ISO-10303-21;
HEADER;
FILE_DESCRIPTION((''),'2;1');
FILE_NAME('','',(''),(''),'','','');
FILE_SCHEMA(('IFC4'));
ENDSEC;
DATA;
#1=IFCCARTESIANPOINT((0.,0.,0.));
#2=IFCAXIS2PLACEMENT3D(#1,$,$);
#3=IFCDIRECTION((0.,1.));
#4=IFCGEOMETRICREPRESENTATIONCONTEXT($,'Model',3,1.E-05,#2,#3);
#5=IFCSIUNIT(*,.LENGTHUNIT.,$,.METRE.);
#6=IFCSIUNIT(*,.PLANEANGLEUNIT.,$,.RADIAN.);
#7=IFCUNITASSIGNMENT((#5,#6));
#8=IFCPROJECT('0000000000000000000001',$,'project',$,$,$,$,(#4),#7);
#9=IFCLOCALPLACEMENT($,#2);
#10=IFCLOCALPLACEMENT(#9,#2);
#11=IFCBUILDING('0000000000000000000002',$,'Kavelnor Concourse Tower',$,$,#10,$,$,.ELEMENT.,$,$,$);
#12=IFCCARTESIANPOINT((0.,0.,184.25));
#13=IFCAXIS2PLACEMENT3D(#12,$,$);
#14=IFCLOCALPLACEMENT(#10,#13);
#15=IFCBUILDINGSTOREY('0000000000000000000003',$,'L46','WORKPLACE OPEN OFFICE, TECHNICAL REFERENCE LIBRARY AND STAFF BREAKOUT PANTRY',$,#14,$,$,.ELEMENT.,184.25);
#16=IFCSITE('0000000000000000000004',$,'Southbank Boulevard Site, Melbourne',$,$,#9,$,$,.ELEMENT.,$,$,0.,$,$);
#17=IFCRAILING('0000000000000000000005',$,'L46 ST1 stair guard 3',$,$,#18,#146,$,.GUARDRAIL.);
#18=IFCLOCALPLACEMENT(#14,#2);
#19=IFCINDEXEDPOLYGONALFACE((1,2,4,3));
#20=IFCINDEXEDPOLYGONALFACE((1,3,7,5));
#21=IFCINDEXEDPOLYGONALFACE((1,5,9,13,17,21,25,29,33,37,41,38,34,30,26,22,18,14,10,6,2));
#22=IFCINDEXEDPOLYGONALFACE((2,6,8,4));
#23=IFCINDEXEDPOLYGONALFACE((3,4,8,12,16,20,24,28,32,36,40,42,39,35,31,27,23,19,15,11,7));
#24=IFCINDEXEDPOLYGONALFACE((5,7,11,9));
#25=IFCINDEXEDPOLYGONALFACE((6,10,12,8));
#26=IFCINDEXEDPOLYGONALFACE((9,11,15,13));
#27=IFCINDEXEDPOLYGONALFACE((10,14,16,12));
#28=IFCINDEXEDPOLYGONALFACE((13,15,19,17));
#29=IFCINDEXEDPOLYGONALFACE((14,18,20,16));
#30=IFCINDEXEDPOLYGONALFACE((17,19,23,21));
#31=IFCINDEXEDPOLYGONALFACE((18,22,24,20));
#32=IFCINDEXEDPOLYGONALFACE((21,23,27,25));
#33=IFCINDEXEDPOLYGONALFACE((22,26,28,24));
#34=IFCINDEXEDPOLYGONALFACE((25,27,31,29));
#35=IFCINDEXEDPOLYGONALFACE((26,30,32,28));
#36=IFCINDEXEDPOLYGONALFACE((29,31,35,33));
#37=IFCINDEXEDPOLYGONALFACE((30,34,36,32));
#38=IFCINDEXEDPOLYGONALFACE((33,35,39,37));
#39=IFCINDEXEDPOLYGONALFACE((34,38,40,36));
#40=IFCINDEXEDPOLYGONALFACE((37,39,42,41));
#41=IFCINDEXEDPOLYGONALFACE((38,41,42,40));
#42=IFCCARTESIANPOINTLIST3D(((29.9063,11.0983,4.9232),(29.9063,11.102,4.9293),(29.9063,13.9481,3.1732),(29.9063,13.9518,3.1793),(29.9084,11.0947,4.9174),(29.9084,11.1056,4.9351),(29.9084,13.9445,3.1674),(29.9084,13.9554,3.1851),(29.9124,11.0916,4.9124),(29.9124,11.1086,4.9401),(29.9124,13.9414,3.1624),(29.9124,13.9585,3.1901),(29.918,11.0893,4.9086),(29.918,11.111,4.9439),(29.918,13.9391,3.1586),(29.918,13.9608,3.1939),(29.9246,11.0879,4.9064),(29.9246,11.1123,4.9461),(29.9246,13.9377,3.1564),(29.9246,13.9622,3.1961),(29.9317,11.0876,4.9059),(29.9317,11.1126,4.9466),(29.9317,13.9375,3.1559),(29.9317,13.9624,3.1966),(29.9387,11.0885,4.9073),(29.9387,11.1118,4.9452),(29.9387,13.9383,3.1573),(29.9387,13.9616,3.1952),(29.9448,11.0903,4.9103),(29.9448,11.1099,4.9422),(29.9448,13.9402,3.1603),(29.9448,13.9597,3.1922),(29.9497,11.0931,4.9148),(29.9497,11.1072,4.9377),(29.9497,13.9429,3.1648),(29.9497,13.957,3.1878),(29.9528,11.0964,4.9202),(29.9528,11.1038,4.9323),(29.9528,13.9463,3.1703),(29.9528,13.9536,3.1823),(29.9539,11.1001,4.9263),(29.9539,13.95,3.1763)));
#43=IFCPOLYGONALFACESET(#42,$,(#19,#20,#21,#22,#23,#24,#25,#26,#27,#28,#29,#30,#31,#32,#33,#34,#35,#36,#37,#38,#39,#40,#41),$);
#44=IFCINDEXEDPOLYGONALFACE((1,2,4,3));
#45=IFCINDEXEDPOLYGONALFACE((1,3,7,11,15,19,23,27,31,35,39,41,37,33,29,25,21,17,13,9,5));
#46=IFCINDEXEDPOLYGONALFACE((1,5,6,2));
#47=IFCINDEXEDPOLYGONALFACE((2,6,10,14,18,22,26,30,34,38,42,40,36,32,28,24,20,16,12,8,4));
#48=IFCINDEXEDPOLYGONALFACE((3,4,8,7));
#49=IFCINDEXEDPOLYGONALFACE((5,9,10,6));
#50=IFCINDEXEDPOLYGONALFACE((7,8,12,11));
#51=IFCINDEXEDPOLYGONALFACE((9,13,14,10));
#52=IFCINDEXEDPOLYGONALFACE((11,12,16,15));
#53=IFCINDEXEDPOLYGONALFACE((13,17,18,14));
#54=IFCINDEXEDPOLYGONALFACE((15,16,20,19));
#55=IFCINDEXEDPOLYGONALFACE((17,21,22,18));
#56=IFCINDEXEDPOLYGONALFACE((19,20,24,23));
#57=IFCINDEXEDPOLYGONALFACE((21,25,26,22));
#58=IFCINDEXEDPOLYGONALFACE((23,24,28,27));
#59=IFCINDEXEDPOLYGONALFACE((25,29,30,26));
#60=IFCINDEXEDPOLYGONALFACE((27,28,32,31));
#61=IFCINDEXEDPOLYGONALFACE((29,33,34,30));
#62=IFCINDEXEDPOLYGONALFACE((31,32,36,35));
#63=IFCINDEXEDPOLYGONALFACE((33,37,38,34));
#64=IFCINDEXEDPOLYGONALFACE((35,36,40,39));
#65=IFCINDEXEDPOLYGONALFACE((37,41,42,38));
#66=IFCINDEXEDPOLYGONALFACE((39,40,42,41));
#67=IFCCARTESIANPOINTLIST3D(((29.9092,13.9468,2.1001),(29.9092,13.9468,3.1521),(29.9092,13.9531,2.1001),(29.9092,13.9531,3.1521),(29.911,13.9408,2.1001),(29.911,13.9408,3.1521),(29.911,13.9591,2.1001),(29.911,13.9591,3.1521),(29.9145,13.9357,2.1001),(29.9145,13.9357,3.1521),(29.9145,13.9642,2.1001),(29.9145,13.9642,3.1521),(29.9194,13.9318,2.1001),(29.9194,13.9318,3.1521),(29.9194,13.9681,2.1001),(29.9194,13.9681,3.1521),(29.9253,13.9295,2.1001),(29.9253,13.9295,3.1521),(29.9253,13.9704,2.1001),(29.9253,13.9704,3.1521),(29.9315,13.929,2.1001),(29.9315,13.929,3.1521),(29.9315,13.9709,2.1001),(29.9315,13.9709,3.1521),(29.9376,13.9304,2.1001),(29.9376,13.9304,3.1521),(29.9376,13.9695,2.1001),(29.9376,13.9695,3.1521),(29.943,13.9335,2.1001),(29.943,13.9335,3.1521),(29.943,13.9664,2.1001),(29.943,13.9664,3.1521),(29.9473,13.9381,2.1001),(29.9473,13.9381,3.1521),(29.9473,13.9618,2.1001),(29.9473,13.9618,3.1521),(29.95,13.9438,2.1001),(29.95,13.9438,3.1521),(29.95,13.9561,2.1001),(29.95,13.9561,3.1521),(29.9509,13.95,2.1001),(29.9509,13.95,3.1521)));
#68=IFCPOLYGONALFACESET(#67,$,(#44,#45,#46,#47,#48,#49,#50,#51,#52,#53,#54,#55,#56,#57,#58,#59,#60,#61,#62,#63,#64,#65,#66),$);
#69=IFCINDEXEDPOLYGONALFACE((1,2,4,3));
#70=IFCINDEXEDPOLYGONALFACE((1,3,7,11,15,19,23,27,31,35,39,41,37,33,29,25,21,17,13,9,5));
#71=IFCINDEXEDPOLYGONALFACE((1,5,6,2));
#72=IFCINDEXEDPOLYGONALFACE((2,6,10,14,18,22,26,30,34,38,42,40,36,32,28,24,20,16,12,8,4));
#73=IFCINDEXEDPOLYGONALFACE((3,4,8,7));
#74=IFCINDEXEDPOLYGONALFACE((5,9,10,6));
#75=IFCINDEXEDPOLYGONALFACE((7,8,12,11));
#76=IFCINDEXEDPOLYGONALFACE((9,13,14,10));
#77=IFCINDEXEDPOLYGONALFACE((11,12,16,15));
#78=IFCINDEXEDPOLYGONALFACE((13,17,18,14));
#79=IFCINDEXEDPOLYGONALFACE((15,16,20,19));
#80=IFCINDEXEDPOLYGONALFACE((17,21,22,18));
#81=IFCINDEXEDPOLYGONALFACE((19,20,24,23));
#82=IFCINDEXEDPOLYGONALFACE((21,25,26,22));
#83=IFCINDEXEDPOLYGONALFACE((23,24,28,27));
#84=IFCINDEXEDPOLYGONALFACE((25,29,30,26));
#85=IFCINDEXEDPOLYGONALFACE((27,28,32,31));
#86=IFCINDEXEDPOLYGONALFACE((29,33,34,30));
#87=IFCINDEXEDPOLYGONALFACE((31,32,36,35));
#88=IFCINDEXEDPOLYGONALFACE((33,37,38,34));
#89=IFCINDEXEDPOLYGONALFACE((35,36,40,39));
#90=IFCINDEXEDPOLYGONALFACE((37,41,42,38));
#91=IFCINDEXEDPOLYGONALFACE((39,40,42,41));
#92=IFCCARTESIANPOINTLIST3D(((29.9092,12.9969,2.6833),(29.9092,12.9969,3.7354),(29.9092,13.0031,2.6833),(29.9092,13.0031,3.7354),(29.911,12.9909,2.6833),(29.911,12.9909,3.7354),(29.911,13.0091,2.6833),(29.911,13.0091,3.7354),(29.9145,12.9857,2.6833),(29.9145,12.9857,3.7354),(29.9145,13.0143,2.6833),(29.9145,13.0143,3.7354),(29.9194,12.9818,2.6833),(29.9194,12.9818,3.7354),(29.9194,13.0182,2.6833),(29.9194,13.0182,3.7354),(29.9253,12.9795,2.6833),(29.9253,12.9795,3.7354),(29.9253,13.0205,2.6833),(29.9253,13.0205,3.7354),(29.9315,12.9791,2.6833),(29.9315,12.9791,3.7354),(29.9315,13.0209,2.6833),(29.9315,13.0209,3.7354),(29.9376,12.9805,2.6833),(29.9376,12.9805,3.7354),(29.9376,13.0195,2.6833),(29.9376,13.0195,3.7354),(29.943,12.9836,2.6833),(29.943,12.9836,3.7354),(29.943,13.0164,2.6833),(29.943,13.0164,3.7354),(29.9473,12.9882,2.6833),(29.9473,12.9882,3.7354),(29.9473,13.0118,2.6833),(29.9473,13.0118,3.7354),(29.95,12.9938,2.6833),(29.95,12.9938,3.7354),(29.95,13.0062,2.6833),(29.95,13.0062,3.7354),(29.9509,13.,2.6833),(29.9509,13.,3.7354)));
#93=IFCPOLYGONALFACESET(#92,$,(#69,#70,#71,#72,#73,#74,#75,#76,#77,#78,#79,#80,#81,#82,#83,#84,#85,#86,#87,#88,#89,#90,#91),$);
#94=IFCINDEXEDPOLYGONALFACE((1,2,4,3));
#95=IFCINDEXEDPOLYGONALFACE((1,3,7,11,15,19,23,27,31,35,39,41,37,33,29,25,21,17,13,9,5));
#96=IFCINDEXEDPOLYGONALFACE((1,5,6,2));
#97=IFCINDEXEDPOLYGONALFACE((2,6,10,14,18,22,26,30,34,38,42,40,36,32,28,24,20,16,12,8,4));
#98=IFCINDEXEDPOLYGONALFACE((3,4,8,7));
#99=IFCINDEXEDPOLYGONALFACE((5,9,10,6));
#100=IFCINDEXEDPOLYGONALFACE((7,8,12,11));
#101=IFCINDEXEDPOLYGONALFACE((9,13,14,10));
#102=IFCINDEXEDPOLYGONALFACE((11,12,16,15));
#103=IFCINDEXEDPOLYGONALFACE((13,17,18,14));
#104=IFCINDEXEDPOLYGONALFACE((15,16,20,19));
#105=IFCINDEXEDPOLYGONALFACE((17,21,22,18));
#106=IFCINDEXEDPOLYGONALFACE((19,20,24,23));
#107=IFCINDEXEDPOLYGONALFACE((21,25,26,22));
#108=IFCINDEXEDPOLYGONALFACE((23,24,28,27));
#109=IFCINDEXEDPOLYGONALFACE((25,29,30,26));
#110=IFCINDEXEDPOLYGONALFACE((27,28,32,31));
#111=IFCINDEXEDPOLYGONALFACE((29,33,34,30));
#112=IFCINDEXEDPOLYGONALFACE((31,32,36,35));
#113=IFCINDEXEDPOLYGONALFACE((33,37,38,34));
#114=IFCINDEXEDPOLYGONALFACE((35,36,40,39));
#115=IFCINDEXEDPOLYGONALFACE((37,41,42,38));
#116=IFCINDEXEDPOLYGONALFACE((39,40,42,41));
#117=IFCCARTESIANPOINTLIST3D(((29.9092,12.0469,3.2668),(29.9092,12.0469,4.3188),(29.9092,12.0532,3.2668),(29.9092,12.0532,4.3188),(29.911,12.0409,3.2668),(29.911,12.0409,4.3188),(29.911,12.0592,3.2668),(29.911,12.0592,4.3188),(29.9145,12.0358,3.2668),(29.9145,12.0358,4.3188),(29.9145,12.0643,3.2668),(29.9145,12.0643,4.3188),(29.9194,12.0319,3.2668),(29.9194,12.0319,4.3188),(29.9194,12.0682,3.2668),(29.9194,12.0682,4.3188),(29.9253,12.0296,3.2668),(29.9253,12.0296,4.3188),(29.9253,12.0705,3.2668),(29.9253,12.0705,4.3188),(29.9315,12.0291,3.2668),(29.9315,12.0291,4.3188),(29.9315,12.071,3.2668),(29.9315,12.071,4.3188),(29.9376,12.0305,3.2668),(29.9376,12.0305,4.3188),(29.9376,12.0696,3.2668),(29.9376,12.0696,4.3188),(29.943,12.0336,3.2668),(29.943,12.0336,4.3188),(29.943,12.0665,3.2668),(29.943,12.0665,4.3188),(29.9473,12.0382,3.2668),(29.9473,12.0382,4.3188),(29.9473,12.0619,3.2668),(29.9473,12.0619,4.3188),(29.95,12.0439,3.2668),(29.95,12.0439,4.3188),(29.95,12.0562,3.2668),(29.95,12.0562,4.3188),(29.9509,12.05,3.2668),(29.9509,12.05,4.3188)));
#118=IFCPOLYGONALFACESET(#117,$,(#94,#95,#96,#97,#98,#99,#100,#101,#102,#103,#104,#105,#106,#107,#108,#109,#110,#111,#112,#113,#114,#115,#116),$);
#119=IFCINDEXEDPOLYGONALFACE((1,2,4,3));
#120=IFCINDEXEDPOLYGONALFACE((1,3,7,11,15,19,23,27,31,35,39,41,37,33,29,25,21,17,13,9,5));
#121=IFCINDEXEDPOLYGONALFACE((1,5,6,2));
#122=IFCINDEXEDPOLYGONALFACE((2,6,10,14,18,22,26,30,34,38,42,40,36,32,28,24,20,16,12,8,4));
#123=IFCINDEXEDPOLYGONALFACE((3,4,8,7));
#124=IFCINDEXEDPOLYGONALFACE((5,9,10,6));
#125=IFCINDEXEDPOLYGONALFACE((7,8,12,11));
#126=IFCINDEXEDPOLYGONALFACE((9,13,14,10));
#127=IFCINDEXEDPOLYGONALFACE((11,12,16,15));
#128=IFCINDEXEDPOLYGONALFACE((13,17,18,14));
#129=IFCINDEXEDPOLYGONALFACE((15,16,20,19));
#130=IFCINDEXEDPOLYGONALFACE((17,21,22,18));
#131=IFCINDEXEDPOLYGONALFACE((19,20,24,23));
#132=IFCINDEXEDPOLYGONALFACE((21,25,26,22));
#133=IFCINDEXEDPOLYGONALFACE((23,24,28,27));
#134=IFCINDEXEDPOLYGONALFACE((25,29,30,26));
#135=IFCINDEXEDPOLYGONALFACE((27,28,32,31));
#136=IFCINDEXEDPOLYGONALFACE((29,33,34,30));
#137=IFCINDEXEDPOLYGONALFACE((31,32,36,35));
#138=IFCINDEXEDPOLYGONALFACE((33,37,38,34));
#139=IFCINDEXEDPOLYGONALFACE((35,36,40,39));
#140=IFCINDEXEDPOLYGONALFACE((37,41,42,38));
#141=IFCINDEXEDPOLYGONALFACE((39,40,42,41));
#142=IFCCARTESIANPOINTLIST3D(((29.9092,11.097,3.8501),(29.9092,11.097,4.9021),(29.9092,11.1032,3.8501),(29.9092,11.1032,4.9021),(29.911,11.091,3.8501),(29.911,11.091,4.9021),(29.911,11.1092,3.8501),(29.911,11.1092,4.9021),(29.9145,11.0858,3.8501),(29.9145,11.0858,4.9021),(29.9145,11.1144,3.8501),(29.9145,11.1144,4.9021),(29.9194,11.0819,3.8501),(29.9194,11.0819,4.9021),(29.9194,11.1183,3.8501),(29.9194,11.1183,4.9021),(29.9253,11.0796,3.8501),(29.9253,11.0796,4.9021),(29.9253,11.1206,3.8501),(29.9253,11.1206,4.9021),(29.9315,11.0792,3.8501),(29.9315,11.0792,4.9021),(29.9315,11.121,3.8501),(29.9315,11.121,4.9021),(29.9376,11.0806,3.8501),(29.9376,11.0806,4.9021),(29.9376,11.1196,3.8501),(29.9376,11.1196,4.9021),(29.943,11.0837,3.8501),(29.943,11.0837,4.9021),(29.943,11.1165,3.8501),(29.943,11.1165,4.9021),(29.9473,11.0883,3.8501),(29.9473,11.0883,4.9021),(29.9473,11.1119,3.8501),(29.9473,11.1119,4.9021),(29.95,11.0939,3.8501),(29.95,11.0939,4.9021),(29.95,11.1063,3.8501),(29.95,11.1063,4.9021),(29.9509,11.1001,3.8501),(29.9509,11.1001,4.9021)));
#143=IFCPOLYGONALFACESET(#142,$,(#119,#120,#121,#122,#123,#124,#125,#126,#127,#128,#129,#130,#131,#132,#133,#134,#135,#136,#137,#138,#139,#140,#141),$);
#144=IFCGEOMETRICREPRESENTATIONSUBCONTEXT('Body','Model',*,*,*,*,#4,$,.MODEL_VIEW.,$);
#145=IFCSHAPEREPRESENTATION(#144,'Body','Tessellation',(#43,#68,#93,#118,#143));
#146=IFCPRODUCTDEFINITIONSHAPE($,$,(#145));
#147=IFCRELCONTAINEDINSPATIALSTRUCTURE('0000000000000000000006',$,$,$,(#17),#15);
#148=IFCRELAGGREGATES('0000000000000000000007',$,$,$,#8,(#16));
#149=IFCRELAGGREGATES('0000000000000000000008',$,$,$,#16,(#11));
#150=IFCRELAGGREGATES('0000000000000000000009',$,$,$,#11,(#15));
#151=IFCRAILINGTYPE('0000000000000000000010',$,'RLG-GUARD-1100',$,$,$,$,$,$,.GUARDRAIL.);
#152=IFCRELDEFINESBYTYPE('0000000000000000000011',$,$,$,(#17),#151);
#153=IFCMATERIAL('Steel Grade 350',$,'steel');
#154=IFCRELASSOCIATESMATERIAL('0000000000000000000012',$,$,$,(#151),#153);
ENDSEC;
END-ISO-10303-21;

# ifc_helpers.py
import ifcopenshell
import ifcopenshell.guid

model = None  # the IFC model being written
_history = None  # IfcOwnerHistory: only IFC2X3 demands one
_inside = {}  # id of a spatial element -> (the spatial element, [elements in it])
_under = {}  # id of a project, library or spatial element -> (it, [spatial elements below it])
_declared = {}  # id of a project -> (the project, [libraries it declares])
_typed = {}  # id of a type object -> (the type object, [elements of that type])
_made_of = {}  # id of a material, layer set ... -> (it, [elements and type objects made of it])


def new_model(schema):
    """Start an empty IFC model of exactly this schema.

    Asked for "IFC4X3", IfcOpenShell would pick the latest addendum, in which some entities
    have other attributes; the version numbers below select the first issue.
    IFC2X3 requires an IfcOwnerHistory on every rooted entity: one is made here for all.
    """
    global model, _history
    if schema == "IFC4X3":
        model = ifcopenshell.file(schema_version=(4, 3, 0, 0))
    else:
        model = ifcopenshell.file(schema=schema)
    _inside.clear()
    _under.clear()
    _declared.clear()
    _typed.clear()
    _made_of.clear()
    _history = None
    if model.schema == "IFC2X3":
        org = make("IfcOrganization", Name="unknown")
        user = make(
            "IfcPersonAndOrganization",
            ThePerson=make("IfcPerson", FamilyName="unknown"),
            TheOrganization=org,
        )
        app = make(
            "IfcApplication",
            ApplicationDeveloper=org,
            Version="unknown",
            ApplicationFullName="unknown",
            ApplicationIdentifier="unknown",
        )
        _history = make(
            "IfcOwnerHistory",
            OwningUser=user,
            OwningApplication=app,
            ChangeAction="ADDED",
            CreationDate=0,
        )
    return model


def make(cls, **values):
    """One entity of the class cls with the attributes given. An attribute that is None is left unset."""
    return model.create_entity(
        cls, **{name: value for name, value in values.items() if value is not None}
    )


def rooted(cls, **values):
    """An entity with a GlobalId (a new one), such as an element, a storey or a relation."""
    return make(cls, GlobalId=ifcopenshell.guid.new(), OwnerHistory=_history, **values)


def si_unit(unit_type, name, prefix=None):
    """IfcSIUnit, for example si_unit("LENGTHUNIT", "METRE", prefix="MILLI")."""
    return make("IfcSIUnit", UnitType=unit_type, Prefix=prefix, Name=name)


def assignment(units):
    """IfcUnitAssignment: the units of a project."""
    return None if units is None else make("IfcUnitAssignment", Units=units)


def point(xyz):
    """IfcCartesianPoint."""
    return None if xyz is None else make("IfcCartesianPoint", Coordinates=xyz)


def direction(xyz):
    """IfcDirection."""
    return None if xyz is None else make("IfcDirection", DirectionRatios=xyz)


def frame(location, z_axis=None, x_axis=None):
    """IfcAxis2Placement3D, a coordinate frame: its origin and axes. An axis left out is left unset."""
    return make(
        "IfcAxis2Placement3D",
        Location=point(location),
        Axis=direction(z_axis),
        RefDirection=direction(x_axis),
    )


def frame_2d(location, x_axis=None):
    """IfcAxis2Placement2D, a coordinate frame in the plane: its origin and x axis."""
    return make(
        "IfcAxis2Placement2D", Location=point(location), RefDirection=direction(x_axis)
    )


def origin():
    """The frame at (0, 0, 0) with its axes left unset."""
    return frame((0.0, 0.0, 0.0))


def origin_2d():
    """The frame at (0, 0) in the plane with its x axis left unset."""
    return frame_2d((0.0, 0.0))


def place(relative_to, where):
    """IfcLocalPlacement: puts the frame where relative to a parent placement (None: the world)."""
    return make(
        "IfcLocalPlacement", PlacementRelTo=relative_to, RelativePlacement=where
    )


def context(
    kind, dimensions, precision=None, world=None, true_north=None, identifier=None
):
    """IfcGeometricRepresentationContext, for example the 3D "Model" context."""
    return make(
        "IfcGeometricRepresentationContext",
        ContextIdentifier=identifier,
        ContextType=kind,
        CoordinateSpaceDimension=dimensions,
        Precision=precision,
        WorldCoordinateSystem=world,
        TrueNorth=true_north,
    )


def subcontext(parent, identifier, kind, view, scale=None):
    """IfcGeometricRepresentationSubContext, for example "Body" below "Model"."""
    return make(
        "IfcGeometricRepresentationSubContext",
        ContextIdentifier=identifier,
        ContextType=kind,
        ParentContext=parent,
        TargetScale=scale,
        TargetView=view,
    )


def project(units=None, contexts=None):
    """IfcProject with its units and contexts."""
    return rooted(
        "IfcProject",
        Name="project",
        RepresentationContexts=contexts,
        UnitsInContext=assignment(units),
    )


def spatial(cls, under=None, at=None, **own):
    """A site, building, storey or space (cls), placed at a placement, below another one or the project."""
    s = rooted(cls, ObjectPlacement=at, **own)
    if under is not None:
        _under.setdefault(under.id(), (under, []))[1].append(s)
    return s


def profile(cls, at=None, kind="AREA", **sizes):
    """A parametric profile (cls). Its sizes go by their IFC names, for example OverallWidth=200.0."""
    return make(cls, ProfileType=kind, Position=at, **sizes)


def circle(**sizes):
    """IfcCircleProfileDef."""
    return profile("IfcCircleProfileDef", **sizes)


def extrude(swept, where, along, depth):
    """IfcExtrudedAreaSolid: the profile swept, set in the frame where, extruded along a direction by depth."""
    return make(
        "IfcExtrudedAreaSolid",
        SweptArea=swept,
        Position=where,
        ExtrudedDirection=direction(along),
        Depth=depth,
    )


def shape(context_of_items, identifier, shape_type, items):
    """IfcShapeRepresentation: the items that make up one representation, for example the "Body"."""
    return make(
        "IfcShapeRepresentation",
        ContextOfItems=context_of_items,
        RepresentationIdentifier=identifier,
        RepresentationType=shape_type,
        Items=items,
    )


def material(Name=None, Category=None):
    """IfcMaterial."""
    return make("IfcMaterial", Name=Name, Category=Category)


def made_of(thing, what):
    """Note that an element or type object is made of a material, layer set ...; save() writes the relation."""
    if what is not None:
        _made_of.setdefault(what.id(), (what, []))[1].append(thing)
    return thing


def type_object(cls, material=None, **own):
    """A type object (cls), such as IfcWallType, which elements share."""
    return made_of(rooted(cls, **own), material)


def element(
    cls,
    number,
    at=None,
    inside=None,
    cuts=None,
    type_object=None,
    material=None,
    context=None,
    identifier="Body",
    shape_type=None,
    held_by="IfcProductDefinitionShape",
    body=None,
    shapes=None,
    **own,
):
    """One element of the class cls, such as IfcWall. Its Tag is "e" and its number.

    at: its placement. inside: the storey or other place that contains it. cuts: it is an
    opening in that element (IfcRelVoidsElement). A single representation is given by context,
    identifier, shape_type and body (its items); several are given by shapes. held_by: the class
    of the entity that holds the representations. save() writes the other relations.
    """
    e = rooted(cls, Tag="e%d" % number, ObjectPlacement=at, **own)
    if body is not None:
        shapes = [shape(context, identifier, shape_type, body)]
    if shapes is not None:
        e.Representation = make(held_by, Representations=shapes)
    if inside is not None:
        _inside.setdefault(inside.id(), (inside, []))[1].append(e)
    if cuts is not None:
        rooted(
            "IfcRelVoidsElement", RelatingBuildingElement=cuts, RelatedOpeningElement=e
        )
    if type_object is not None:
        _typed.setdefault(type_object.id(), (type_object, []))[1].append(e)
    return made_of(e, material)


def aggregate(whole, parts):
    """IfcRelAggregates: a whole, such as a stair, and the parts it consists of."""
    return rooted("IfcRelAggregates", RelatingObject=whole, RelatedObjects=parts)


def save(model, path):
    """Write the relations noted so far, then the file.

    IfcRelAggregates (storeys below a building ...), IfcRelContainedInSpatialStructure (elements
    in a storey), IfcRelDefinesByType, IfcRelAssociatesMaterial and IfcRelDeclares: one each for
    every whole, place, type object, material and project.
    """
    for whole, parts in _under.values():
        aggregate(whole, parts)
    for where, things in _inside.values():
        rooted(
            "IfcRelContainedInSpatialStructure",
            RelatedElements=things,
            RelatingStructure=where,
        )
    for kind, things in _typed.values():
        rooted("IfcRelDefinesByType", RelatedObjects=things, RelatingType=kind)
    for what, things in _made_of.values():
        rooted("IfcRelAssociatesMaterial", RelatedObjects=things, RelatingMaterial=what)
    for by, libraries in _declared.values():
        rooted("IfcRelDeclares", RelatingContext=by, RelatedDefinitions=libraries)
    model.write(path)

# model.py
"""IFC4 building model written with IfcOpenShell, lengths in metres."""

from ifc_helpers import new_model, si_unit, direction, frame, origin, origin_2d, place, context, subcontext, project, spatial, circle, extrude, material, type_object, element, save


model = new_model("IFC4")

# Units and contexts
model_context = context("Model", 3, precision=1e-05, world=origin(), true_north=direction((0.0, 1.0)))
body_context = subcontext(model_context, "Body", "Model", "MODEL_VIEW")
ifc_project = project(units=[si_unit("LENGTHUNIT", "METRE"), si_unit("PLANEANGLEUNIT", "RADIAN")], contexts=[model_context])

# Site, building, storey
site_placement = place(None, origin())
site = spatial("IfcSite", under=ifc_project, at=site_placement, Name="Southbank Boulevard Site, Melbourne", CompositionType="ELEMENT", RefElevation=0.0)
building_placement = place(site_placement, origin())
building = spatial("IfcBuilding", under=site, at=building_placement, Name="Kavelnor Concourse Tower", CompositionType="ELEMENT")
storey_placement = place(building_placement, frame((0.0, 0.0, 184.25)))
storey = spatial("IfcBuildingStorey", under=building, at=storey_placement, Name="L46", Description="WORKPLACE OPEN OFFICE, TECHNICAL REFERENCE LIBRARY AND STAFF BREAKOUT PANTRY", CompositionType="ELEMENT", Elevation=184.25)

# Shared definitions
ifc_material_1 = material(Name="Steel Grade 350", Category="steel")

# Railing
railing_type_1 = type_object("IfcRailingType", Name="RLG-GUARD-1100", PredefinedType="GUARDRAIL", material=ifc_material_1)
railing_1_placement = place(storey_placement, frame((29.9299, 13.95, 2.1001)))
element("IfcRailing", 1, at=railing_1_placement, inside=storey, type_object=railing_type_1, Name="L46 ST1 stair guard 3", PredefinedType="GUARDRAIL", context=body_context, shape_type="SweptSolid", body=[
    extrude(circle(Radius=0.0239, at=origin_2d()), frame((0.0, 0.0, 1.0762), z_axis=(0.0, -0.852159, 0.523283), x_axis=(1.0, 0.0, 0.0)), (0.0, 0.0, 1.0), 3.3442),
    extrude(circle(Radius=0.021, at=origin_2d()), origin(), (0.0, 0.0, 1.0), 1.052),
    extrude(circle(Radius=0.021, at=origin_2d()), frame((0.0, -0.95, 0.5833)), (0.0, 0.0, 1.0), 1.052),
    extrude(circle(Radius=0.021, at=origin_2d()), frame((0.0, -1.8999, 1.1667)), (0.0, 0.0, 1.0), 1.052),
    extrude(circle(Radius=0.021, at=origin_2d()), frame((0.0, -2.8499, 1.75)), (0.0, 0.0, 1.0), 1.052),
])

save(model, "model.ifc")
